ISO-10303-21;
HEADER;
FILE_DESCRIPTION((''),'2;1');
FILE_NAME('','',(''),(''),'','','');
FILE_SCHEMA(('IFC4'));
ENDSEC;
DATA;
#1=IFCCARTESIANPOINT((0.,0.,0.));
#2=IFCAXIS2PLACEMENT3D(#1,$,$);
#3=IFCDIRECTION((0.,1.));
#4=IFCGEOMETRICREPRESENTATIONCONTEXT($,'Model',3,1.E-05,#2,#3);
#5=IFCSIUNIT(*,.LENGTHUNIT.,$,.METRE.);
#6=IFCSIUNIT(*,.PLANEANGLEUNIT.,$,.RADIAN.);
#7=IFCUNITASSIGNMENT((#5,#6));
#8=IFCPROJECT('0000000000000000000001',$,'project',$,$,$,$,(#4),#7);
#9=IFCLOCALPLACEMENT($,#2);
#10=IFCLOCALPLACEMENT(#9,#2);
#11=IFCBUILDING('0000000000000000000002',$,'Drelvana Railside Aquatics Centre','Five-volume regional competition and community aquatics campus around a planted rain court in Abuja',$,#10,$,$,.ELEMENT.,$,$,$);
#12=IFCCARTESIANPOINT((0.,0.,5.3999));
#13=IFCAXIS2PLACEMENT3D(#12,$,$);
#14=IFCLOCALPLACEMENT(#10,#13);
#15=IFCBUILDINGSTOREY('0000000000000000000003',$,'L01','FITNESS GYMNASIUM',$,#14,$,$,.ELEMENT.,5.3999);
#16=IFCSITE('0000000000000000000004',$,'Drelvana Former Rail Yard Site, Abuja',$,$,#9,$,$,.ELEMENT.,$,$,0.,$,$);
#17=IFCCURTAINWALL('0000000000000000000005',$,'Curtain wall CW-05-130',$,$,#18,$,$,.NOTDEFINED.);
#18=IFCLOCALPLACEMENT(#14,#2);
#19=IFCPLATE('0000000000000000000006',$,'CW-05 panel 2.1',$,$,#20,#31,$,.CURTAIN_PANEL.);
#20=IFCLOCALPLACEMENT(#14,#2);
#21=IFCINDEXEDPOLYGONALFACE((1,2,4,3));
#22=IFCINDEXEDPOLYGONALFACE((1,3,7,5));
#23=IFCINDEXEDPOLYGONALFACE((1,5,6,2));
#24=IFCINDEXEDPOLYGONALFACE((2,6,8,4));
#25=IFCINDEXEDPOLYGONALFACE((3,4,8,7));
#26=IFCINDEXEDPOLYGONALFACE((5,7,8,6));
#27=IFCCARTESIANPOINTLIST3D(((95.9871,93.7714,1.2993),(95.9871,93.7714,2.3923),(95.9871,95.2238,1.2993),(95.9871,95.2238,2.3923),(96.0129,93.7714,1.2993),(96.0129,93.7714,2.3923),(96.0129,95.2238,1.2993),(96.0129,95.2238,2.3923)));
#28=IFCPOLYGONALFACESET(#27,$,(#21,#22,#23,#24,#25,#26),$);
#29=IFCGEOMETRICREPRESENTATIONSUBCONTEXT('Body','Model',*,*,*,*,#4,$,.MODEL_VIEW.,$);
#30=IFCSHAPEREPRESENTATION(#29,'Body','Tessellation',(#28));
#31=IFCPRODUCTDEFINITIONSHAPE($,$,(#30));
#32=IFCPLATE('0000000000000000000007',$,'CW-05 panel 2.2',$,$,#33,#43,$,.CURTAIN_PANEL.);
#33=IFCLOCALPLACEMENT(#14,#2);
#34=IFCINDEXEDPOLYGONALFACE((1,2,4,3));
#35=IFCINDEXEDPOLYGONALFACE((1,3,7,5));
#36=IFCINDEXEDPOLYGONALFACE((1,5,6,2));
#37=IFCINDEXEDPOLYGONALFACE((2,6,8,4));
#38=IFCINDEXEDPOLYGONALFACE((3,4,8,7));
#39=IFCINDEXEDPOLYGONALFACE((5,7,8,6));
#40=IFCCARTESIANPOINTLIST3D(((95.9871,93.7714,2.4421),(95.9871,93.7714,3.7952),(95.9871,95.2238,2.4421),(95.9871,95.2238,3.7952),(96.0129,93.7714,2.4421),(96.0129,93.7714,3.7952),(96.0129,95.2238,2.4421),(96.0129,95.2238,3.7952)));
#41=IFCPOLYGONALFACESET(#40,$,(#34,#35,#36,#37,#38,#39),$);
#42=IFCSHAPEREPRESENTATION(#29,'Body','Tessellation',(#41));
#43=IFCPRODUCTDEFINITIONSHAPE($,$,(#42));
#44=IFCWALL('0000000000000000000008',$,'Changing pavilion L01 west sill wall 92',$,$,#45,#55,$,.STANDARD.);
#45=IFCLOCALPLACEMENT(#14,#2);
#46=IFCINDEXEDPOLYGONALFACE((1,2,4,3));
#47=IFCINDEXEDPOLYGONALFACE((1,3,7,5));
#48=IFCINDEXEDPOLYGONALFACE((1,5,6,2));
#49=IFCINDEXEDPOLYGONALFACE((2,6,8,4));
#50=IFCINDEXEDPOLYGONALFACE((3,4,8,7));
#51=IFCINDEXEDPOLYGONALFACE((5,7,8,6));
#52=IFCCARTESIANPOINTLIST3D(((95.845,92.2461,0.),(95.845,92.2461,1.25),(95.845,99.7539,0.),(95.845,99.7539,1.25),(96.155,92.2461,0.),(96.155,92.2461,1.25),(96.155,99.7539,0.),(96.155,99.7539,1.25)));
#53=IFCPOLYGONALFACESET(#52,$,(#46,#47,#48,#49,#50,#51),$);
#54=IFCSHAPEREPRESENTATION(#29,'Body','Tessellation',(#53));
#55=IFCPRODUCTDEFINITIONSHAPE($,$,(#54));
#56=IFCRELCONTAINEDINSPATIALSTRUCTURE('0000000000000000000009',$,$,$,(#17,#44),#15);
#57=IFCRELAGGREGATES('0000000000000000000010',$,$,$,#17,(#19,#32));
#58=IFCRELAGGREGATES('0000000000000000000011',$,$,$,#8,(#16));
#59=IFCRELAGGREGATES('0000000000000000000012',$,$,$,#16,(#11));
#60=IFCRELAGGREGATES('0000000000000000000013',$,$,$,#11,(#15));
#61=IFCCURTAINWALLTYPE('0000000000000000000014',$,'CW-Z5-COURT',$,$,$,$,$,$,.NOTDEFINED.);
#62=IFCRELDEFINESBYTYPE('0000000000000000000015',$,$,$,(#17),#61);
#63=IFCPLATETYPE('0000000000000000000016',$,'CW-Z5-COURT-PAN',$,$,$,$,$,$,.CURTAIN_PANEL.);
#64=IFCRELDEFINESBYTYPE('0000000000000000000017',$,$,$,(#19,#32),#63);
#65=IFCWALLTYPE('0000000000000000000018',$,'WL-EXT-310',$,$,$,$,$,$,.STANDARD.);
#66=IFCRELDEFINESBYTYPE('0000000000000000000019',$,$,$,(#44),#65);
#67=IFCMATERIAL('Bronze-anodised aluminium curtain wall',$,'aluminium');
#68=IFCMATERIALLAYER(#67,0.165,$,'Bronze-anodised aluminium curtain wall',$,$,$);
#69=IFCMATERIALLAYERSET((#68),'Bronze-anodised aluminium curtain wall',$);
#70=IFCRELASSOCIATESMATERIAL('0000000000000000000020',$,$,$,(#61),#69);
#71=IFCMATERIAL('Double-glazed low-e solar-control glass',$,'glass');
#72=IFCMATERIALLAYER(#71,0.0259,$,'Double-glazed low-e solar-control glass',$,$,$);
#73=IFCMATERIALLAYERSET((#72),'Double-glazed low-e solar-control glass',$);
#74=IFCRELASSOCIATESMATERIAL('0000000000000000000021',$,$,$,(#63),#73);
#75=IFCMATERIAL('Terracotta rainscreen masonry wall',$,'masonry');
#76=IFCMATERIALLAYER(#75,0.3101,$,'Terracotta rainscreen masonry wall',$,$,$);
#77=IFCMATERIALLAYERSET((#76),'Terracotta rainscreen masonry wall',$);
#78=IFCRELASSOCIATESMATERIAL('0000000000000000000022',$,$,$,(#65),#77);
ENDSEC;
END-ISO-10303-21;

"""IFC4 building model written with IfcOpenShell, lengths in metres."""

from ifc_helpers import new_model, si_unit, direction, frame, frame_2d, origin, origin_2d, place, context, subcontext, project, spatial, rectangle, extrude, material, layer, layer_set, type_object, element, aggregate, save


model = new_model("IFC4")

# Units and contexts
model_context = context("Model", 3, precision=1e-05, world=origin(), true_north=direction((0.0, 1.0)))
body_context = subcontext(model_context, "Body", "Model", "MODEL_VIEW")
ifc_project = project(units=[si_unit("LENGTHUNIT", "METRE"), si_unit("PLANEANGLEUNIT", "RADIAN")], contexts=[model_context])

# Site, building, storey
site_placement = place(None, origin())
site = spatial("IfcSite", under=ifc_project, at=site_placement, Name="Drelvana Former Rail Yard Site, Abuja", CompositionType="ELEMENT", RefElevation=0.0)
building_placement = place(site_placement, origin())
building = spatial("IfcBuilding", under=site, at=building_placement, Name="Drelvana Railside Aquatics Centre", Description="Five-volume regional competition and community aquatics campus around a planted rain court in Abuja", CompositionType="ELEMENT")
storey_placement = place(building_placement, frame((0.0, 0.0, 5.3999)))
storey = spatial("IfcBuildingStorey", under=building, at=storey_placement, Name="L01", Description="FITNESS GYMNASIUM", CompositionType="ELEMENT", Elevation=5.3999)

# Curtain wall, plates
ifc_material_1 = material(Name="Bronze-anodised aluminium curtain wall", Category="aluminium")
ifc_layer_1 = layer(ifc_material_1, 0.165, Name="Bronze-anodised aluminium curtain wall")
ifc_layer_set_1 = layer_set([ifc_layer_1], Name="Bronze-anodised aluminium curtain wall")
curtain_wall_type = type_object("IfcCurtainWallType", Name="CW-Z5-COURT", PredefinedType="NOTDEFINED", material=ifc_layer_set_1)
curtain_wall_placement = place(storey_placement, origin())
curtain_wall = element("IfcCurtainWall", 1, at=curtain_wall_placement, inside=storey, type_object=curtain_wall_type, Name="Curtain wall CW-05-130", PredefinedType="NOTDEFINED")
ifc_material_2 = material(Name="Double-glazed low-e solar-control glass", Category="glass")
ifc_layer_2 = layer(ifc_material_2, 0.0259, Name="Double-glazed low-e solar-control glass")
ifc_layer_set_2 = layer_set([ifc_layer_2], Name="Double-glazed low-e solar-control glass")
plate_type = type_object("IfcPlateType", Name="CW-Z5-COURT-PAN", PredefinedType="CURTAIN_PANEL", material=ifc_layer_set_2)
plate_1_placement = place(storey_placement, frame((96.0, 94.4976, 1.2993), z_axis=(0.0, 0.0, 1.0), x_axis=(0.0, 1.0, 0.0)))
plate_1 = element("IfcPlate", 2, at=plate_1_placement, type_object=plate_type, Name="CW-05 panel 2.1", PredefinedType="CURTAIN_PANEL", context=body_context, shape_type="SweptSolid", body=[
    extrude(rectangle(XDim=1.4524, YDim=0.0259, at=origin_2d()), origin(), (0.0, 0.0, 1.0), 1.093),
])
plate_2_placement = place(storey_placement, frame((96.0, 94.4976, 2.4421), z_axis=(0.0, 0.0, 1.0), x_axis=(0.0, 1.0, 0.0)))
plate_2 = element("IfcPlate", 3, at=plate_2_placement, type_object=plate_type, Name="CW-05 panel 2.2", PredefinedType="CURTAIN_PANEL", context=body_context, shape_type="SweptSolid", body=[
    extrude(rectangle(XDim=1.4524, YDim=0.0259, at=origin_2d()), origin(), (0.0, 0.0, 1.0), 1.353),
])
aggregate(curtain_wall, [plate_1, plate_2])

# Wall
ifc_material_3 = material(Name="Terracotta rainscreen masonry wall", Category="masonry")
ifc_layer_3 = layer(ifc_material_3, 0.3101, Name="Terracotta rainscreen masonry wall")
ifc_layer_set_3 = layer_set([ifc_layer_3], Name="Terracotta rainscreen masonry wall")
wall_type = type_object("IfcWallType", Name="WL-EXT-310", PredefinedType="STANDARD", material=ifc_layer_set_3)
wall_placement = place(storey_placement, frame((96.0, 92.2461, 0.0), z_axis=(0.0, 0.0, 1.0), x_axis=(0.0, 1.0, 0.0)))
element("IfcWall", 4, at=wall_placement, inside=storey, type_object=wall_type, Name="Changing pavilion L01 west sill wall 92", PredefinedType="STANDARD", context=body_context, shape_type="SweptSolid", body=[
    extrude(rectangle(XDim=7.5078, YDim=0.3101, at=frame_2d((3.7539, 0.0))), origin(), (0.0, 0.0, 1.0), 1.25),
])

save(model, "model.ifc")
